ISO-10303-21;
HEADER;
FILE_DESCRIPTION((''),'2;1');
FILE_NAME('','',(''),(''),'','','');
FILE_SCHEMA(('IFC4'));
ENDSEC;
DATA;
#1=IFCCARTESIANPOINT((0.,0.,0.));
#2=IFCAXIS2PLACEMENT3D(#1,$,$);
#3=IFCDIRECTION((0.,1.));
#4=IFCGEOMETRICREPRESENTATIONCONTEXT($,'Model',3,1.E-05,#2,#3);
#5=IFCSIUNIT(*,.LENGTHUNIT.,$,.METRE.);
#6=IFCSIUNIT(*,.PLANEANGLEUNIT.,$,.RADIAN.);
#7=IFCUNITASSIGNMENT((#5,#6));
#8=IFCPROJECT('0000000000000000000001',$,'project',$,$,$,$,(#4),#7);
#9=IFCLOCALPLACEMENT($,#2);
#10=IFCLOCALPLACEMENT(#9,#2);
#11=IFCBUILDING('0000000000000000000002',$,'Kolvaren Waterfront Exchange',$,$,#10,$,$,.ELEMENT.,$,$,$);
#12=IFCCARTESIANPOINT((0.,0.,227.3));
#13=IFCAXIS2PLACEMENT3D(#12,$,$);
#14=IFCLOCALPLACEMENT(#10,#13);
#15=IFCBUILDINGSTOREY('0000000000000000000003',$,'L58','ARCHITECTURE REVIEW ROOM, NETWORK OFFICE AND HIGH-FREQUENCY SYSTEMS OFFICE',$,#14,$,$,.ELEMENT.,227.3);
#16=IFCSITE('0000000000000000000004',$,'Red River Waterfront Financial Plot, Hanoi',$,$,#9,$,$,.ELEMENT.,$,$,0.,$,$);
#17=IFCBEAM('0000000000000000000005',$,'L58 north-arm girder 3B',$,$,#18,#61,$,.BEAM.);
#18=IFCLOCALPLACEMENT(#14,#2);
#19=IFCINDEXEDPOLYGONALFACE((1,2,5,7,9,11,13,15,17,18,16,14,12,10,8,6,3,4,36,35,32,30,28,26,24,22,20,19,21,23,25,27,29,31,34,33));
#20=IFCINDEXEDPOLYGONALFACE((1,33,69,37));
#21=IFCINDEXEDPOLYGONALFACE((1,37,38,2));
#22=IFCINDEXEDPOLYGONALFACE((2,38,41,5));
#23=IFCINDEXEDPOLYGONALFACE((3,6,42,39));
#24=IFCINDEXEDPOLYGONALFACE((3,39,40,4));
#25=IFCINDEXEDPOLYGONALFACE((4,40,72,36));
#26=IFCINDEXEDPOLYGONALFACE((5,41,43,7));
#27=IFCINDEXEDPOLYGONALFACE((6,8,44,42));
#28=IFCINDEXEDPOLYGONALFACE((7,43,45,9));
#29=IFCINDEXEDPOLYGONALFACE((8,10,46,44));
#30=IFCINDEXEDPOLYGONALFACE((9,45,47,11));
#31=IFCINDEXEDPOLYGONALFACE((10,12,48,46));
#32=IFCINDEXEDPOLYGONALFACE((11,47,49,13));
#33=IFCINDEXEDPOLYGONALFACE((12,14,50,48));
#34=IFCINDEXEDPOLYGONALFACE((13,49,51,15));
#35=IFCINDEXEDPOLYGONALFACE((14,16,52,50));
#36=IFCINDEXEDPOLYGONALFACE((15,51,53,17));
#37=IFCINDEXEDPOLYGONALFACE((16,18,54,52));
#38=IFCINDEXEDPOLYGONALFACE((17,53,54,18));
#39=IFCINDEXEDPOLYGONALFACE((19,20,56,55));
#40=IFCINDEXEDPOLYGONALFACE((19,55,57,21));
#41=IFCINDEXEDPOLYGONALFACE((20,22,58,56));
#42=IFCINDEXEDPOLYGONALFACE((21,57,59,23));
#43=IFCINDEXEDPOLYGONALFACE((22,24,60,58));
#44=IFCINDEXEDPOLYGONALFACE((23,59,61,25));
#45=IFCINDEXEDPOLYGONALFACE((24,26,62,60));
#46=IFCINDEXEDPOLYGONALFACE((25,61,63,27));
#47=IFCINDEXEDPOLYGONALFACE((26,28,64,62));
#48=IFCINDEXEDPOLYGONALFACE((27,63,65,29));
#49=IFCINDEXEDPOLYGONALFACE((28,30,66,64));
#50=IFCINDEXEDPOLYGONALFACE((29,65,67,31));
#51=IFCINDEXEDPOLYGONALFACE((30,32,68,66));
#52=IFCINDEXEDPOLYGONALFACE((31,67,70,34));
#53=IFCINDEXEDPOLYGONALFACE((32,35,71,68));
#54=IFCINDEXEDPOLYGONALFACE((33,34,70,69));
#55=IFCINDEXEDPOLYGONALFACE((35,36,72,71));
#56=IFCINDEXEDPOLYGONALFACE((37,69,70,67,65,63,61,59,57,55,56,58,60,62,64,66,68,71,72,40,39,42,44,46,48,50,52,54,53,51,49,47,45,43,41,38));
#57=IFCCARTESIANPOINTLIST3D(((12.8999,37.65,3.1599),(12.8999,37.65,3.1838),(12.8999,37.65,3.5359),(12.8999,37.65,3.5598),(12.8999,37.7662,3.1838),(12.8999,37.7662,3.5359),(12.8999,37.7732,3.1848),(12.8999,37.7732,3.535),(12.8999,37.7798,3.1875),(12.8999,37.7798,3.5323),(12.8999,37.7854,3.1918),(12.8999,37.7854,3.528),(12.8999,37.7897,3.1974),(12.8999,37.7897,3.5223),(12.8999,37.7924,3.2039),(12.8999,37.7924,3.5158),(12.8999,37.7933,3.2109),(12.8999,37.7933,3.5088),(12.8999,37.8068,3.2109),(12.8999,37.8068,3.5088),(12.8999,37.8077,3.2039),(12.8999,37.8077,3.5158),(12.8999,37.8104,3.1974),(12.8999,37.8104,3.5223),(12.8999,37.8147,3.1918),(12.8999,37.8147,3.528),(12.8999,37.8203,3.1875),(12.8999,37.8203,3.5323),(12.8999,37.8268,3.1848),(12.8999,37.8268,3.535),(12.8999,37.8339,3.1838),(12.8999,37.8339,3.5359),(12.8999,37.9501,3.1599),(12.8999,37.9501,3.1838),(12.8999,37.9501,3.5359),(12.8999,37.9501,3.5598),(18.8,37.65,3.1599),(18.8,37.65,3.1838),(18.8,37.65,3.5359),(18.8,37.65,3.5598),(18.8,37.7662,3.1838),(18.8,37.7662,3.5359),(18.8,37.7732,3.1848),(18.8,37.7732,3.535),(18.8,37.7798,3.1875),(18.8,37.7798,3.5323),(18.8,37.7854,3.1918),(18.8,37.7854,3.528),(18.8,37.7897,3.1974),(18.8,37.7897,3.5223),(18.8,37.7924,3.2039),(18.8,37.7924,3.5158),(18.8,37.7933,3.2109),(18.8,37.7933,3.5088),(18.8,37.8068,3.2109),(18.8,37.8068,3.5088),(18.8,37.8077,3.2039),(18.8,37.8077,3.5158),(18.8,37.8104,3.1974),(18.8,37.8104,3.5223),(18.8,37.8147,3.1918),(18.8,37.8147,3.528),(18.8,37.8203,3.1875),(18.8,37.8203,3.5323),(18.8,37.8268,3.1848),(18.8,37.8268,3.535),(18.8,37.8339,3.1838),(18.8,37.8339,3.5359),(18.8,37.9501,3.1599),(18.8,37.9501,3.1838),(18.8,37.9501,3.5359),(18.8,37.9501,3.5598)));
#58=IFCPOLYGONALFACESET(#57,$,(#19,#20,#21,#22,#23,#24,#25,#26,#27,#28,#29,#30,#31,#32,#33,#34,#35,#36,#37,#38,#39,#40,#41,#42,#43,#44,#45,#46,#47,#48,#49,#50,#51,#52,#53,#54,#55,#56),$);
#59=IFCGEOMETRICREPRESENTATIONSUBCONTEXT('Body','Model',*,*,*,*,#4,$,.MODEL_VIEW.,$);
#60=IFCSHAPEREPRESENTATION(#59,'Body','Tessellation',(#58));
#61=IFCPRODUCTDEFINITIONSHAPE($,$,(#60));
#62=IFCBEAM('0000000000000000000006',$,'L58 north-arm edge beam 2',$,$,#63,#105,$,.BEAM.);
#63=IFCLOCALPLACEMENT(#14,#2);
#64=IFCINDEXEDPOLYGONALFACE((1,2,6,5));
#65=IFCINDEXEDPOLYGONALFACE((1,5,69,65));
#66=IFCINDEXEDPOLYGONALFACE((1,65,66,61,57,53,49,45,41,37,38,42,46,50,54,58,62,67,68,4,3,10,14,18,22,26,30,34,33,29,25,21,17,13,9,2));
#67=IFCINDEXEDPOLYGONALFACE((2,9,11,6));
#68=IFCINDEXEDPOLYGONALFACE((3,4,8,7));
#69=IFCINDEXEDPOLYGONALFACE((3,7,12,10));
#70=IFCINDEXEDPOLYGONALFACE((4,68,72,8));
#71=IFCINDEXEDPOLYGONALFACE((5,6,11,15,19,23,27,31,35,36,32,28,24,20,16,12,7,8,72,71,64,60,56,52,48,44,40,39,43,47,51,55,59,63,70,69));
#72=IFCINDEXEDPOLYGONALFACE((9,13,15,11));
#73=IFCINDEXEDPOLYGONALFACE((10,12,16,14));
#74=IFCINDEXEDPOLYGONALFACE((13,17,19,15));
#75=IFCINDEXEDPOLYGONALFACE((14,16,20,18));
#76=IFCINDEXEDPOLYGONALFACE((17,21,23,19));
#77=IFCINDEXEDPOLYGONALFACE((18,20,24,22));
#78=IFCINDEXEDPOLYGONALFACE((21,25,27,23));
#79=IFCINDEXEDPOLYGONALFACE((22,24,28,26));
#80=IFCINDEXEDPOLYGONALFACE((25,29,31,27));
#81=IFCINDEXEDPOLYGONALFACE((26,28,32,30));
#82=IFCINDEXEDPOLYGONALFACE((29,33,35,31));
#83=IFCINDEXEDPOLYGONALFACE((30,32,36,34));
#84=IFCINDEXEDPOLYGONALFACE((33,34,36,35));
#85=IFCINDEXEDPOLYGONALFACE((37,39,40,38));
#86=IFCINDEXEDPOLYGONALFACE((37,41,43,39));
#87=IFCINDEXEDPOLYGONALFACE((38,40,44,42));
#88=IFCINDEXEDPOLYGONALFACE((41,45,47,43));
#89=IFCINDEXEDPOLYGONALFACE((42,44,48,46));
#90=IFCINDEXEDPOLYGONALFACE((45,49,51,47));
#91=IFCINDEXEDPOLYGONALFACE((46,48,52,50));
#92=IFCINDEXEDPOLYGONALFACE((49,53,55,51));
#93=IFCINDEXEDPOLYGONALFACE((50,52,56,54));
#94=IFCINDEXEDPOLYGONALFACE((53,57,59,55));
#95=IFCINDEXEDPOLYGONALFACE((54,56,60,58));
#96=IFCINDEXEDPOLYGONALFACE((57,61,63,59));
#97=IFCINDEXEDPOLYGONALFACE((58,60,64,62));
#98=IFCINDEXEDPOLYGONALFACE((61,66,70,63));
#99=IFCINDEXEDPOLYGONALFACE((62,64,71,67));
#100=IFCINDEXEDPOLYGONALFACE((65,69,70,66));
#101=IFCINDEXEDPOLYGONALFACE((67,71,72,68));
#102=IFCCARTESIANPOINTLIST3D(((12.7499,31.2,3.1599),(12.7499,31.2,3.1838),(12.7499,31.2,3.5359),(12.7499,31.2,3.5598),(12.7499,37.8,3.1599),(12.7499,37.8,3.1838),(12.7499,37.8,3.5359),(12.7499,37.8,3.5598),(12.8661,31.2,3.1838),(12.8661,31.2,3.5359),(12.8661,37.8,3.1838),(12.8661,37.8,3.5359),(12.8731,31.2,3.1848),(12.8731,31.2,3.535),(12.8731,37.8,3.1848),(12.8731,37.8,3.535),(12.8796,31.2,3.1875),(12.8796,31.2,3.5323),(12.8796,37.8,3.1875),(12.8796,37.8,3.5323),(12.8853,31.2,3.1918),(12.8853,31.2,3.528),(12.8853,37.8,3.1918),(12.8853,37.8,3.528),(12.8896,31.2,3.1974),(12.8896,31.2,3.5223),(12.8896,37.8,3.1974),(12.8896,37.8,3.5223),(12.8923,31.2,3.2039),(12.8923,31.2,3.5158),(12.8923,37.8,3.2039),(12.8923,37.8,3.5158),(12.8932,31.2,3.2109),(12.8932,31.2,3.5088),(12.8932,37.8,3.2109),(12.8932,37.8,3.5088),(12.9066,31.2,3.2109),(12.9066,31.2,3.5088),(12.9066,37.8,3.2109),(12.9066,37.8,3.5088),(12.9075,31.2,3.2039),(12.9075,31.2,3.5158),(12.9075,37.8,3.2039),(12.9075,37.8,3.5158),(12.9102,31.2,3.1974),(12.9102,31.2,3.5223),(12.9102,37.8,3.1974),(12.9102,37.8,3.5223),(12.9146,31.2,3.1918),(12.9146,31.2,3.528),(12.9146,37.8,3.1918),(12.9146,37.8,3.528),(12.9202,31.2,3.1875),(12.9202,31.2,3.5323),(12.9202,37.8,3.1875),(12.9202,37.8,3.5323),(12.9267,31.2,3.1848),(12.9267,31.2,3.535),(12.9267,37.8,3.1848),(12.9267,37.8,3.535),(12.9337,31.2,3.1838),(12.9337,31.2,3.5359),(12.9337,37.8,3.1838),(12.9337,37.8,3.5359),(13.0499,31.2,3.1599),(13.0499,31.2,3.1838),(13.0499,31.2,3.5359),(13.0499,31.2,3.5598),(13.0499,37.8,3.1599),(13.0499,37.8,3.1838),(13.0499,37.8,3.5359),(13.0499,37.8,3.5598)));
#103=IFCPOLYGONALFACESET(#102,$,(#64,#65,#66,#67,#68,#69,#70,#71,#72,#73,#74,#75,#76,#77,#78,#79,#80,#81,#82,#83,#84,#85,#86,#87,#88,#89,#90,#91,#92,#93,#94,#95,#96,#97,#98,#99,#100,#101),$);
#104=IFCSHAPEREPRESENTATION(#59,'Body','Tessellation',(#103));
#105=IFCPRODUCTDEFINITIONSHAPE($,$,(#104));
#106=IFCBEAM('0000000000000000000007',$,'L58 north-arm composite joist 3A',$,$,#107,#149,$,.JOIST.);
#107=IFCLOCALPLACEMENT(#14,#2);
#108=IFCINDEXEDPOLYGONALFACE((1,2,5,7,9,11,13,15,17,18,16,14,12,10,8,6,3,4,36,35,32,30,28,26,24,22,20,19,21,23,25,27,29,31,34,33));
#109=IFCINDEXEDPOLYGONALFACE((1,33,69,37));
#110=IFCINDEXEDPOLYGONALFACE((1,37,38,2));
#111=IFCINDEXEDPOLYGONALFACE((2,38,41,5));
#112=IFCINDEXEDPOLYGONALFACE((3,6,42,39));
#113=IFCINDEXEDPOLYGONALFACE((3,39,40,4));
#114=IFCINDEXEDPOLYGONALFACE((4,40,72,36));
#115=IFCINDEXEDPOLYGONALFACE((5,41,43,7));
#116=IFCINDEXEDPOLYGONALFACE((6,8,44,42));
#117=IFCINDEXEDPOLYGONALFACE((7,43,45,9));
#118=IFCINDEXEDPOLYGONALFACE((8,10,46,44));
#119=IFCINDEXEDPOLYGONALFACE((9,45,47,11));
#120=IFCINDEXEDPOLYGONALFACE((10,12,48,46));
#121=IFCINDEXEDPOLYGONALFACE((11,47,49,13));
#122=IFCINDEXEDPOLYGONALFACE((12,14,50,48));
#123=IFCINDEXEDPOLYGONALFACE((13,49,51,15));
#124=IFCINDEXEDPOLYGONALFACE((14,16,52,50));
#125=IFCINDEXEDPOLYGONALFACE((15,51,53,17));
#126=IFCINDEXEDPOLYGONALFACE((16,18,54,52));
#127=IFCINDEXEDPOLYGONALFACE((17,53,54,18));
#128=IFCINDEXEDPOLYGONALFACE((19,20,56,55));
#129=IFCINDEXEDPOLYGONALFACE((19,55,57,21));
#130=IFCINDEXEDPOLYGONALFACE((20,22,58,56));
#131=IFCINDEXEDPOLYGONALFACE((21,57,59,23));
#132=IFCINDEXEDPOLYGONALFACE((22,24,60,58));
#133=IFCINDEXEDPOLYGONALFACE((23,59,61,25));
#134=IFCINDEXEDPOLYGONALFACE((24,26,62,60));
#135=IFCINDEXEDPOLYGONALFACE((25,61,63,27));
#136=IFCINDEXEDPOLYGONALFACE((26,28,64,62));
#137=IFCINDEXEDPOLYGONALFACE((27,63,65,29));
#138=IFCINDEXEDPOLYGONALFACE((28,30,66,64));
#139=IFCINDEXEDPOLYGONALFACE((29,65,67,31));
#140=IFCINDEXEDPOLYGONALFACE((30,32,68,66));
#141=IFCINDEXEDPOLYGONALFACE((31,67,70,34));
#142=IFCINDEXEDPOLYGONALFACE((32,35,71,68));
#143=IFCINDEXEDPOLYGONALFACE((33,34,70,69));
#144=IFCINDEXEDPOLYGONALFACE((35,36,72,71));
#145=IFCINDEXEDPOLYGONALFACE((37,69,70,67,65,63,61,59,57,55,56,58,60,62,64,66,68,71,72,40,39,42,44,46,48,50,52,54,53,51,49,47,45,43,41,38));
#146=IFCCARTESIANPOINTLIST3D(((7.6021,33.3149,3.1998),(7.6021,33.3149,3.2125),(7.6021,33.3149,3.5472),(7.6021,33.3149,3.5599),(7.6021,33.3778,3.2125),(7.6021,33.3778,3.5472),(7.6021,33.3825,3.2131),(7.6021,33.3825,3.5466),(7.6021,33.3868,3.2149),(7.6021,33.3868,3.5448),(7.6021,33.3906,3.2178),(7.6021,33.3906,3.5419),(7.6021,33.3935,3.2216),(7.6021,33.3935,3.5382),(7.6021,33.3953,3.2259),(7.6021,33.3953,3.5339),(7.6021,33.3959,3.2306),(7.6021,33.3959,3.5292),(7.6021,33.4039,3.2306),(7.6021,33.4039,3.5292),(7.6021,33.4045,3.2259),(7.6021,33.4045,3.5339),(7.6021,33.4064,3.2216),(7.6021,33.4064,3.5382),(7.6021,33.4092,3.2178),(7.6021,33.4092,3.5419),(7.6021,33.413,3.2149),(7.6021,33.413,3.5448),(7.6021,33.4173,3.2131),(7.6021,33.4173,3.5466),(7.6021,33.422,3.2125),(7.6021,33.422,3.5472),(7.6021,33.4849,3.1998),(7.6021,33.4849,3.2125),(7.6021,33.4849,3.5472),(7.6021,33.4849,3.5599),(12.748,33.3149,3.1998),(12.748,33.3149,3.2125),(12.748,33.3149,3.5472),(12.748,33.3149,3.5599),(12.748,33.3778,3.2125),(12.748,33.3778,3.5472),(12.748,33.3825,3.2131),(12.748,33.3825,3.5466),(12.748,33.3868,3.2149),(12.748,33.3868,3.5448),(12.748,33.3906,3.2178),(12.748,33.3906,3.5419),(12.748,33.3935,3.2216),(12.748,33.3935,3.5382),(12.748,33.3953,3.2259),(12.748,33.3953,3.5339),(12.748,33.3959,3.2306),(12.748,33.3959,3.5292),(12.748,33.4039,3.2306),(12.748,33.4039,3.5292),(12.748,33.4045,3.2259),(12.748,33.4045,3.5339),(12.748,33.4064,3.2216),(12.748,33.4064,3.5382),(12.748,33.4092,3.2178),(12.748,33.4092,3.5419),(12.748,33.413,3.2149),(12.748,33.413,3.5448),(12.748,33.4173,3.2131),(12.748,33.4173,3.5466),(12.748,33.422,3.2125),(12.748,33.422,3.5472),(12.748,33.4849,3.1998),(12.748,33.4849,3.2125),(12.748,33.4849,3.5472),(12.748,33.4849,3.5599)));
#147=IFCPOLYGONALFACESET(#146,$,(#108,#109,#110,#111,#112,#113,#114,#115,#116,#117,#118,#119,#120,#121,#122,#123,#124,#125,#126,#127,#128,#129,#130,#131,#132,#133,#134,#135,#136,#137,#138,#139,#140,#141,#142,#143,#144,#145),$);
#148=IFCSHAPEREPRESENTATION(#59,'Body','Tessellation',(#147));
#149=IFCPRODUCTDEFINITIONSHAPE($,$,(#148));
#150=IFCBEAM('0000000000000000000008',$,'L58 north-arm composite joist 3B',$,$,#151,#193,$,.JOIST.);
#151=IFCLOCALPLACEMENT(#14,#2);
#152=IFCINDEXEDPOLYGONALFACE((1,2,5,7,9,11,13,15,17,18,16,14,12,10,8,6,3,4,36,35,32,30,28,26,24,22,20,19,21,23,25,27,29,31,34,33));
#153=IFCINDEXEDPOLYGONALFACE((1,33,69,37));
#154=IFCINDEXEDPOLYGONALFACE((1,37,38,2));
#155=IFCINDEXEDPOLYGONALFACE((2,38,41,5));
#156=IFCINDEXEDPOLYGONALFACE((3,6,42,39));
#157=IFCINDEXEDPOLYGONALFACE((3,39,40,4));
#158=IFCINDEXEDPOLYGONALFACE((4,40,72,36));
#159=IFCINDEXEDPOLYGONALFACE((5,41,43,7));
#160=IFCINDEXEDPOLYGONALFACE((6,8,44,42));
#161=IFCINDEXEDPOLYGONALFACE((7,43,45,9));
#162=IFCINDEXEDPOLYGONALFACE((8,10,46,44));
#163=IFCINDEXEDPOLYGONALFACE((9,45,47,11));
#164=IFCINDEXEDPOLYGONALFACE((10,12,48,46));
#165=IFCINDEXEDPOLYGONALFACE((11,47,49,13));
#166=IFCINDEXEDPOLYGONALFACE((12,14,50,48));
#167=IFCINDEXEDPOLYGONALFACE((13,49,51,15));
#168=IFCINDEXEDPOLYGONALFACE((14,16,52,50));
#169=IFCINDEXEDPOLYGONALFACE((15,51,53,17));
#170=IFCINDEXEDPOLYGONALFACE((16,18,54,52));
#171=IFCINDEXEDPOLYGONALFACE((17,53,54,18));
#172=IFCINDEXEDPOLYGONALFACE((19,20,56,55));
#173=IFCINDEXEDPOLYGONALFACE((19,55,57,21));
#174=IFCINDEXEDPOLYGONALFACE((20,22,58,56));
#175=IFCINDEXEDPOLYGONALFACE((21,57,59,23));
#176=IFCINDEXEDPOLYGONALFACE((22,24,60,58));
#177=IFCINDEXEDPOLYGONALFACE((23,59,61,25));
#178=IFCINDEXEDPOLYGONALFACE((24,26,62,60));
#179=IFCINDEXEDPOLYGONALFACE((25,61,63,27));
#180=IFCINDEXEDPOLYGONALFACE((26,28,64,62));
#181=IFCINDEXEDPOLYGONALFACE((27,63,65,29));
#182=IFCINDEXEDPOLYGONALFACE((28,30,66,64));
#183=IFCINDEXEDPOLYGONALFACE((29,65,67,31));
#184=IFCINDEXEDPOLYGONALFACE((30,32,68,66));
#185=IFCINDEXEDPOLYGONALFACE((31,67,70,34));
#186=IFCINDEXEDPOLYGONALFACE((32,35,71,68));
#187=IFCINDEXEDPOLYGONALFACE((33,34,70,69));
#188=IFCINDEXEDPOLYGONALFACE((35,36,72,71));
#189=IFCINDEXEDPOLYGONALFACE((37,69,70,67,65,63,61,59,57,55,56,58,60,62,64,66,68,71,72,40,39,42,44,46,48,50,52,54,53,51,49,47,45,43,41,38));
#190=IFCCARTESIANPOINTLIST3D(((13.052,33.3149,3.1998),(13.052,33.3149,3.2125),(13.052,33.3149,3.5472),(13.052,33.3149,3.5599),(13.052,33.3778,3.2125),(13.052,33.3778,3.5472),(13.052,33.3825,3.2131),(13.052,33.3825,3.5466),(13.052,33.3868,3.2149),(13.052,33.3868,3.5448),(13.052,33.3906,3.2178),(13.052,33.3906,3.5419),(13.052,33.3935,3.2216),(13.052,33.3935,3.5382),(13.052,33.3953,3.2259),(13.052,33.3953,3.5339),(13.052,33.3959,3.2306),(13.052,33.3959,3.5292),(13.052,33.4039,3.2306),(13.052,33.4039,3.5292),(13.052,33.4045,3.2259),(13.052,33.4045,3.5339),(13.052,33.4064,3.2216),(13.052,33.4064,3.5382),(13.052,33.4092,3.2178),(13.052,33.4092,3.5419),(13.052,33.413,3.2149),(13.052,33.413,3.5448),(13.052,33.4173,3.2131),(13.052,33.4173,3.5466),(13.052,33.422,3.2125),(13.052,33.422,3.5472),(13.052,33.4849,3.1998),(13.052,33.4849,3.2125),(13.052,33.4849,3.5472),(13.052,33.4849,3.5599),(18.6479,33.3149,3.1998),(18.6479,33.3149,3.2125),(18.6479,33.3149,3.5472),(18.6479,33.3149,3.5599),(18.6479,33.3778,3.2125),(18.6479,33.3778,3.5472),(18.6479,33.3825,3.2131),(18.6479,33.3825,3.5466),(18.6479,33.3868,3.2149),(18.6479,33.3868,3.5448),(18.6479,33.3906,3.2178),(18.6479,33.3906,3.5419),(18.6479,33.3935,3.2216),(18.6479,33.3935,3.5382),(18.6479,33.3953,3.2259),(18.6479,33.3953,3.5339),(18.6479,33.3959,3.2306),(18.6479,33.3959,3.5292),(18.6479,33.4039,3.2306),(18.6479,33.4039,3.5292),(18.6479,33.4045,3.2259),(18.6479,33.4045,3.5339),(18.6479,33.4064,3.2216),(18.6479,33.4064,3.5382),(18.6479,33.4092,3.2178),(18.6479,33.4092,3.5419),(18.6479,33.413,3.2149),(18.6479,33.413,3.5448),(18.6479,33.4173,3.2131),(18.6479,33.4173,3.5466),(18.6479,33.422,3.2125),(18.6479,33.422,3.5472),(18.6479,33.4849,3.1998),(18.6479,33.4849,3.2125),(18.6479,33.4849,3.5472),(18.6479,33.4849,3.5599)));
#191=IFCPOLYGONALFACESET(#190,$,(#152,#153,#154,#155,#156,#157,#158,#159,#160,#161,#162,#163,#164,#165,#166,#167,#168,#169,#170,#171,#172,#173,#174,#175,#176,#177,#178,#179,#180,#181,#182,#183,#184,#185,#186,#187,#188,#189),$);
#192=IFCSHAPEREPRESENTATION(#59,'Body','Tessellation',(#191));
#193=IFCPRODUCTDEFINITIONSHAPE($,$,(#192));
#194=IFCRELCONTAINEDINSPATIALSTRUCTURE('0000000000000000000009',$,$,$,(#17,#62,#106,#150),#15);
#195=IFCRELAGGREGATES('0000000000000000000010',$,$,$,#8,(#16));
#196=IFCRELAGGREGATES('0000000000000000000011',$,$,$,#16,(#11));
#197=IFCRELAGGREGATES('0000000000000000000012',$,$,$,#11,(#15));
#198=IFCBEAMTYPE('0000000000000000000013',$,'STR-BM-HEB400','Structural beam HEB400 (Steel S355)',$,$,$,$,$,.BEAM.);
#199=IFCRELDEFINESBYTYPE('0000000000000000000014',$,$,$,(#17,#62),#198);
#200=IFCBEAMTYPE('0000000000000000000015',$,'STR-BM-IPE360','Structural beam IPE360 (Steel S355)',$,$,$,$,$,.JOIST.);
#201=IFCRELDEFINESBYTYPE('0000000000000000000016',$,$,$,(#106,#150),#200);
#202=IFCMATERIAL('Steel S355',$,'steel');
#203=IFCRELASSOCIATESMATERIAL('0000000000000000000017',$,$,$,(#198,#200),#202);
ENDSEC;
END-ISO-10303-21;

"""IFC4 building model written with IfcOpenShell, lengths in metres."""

from ifc_helpers import new_model, si_unit, direction, frame, origin, origin_2d, place, context, subcontext, project, spatial, i_section, extrude, material, material_profile, profile_set, type_object, element, save


model = new_model("IFC4")

# Units and contexts
model_context = context("Model", 3, precision=1e-05, world=origin(), true_north=direction((0.0, 1.0)))
body_context = subcontext(model_context, "Body", "Model", "MODEL_VIEW")
ifc_project = project(units=[si_unit("LENGTHUNIT", "METRE"), si_unit("PLANEANGLEUNIT", "RADIAN")], contexts=[model_context])

# Site, building, storey
site_placement = place(None, origin())
site = spatial("IfcSite", under=ifc_project, at=site_placement, Name="Red River Waterfront Financial Plot, Hanoi", CompositionType="ELEMENT", RefElevation=0.0)
building_placement = place(site_placement, origin())
building = spatial("IfcBuilding", under=site, at=building_placement, Name="Kolvaren Waterfront Exchange", CompositionType="ELEMENT")
storey_placement = place(building_placement, frame((0.0, 0.0, 227.3)))
storey = spatial("IfcBuildingStorey", under=building, at=storey_placement, Name="L58", Description="ARCHITECTURE REVIEW ROOM, NETWORK OFFICE AND HIGH-FREQUENCY SYSTEMS OFFICE", CompositionType="ELEMENT", Elevation=227.3)

# Beams
ifc_material_1 = material(Name="Steel S355", Category="steel")
ifc_material_profile_1 = material_profile(ifc_material_1, i_section(OverallWidth=0.3, OverallDepth=0.3999, WebThickness=0.0134, FlangeThickness=0.0239, FilletRadius=0.0271, at=origin_2d()), Name="HEB400")
ifc_profile_set_1 = profile_set([ifc_material_profile_1], Name="Steel S355")
beam_type_1 = type_object("IfcBeamType", Name="STR-BM-HEB400", Description="Structural beam HEB400 (Steel S355)", PredefinedType="BEAM", material=ifc_profile_set_1)
beam_1_placement = place(storey_placement, frame((12.8999, 37.8, 3.3599), z_axis=(1.0, 0.0, 0.0), x_axis=(0.0, 1.0, 0.0)))
element("IfcBeam", 1, at=beam_1_placement, inside=storey, type_object=beam_type_1, Name="L58 north-arm girder 3B", PredefinedType="BEAM", context=body_context, shape_type="SweptSolid", body=[
    extrude(i_section(OverallWidth=0.3, OverallDepth=0.3999, WebThickness=0.0134, FlangeThickness=0.0239, FilletRadius=0.0271, at=origin_2d()), origin(), (0.0, 0.0, 1.0), 5.9001),
])
beam_2_placement = place(storey_placement, frame((12.8999, 31.2, 3.3599), z_axis=(0.0, 1.0, 0.0), x_axis=(-1.0, 0.0, 0.0)))
element("IfcBeam", 2, at=beam_2_placement, inside=storey, type_object=beam_type_1, Name="L58 north-arm edge beam 2", PredefinedType="BEAM", context=body_context, shape_type="SweptSolid", body=[
    extrude(i_section(OverallWidth=0.3, OverallDepth=0.3999, WebThickness=0.0134, FlangeThickness=0.0239, FilletRadius=0.0271, at=origin_2d()), origin(), (0.0, 0.0, 1.0), 6.6001),
])
ifc_material_profile_2 = material_profile(ifc_material_1, i_section(OverallWidth=0.1699, OverallDepth=0.3601, WebThickness=0.0081, FlangeThickness=0.0127, FilletRadius=0.0181, at=origin_2d()), Name="IPE360")
ifc_profile_set_2 = profile_set([ifc_material_profile_2], Name="Steel S355")
beam_type_2 = type_object("IfcBeamType", Name="STR-BM-IPE360", Description="Structural beam IPE360 (Steel S355)", PredefinedType="JOIST", material=ifc_profile_set_2)
beam_3_placement = place(storey_placement, frame((7.6021, 33.3999, 3.3799), z_axis=(1.0, 0.0, 0.0), x_axis=(0.0, 1.0, 0.0)))
element("IfcBeam", 3, at=beam_3_placement, inside=storey, type_object=beam_type_2, Name="L58 north-arm composite joist 3A", PredefinedType="JOIST", context=body_context, shape_type="SweptSolid", body=[
    extrude(i_section(OverallWidth=0.1699, OverallDepth=0.3601, WebThickness=0.0081, FlangeThickness=0.0127, FilletRadius=0.0181, at=origin_2d()), origin(), (0.0, 0.0, 1.0), 5.146),
])
beam_4_placement = place(storey_placement, frame((13.052, 33.3999, 3.3799), z_axis=(1.0, 0.0, 0.0), x_axis=(0.0, 1.0, 0.0)))
element("IfcBeam", 4, at=beam_4_placement, inside=storey, type_object=beam_type_2, Name="L58 north-arm composite joist 3B", PredefinedType="JOIST", context=body_context, shape_type="SweptSolid", body=[
    extrude(i_section(OverallWidth=0.1699, OverallDepth=0.3601, WebThickness=0.0081, FlangeThickness=0.0127, FilletRadius=0.0181, at=origin_2d()), origin(), (0.0, 0.0, 1.0), 5.5959),
])

save(model, "model.ifc")
